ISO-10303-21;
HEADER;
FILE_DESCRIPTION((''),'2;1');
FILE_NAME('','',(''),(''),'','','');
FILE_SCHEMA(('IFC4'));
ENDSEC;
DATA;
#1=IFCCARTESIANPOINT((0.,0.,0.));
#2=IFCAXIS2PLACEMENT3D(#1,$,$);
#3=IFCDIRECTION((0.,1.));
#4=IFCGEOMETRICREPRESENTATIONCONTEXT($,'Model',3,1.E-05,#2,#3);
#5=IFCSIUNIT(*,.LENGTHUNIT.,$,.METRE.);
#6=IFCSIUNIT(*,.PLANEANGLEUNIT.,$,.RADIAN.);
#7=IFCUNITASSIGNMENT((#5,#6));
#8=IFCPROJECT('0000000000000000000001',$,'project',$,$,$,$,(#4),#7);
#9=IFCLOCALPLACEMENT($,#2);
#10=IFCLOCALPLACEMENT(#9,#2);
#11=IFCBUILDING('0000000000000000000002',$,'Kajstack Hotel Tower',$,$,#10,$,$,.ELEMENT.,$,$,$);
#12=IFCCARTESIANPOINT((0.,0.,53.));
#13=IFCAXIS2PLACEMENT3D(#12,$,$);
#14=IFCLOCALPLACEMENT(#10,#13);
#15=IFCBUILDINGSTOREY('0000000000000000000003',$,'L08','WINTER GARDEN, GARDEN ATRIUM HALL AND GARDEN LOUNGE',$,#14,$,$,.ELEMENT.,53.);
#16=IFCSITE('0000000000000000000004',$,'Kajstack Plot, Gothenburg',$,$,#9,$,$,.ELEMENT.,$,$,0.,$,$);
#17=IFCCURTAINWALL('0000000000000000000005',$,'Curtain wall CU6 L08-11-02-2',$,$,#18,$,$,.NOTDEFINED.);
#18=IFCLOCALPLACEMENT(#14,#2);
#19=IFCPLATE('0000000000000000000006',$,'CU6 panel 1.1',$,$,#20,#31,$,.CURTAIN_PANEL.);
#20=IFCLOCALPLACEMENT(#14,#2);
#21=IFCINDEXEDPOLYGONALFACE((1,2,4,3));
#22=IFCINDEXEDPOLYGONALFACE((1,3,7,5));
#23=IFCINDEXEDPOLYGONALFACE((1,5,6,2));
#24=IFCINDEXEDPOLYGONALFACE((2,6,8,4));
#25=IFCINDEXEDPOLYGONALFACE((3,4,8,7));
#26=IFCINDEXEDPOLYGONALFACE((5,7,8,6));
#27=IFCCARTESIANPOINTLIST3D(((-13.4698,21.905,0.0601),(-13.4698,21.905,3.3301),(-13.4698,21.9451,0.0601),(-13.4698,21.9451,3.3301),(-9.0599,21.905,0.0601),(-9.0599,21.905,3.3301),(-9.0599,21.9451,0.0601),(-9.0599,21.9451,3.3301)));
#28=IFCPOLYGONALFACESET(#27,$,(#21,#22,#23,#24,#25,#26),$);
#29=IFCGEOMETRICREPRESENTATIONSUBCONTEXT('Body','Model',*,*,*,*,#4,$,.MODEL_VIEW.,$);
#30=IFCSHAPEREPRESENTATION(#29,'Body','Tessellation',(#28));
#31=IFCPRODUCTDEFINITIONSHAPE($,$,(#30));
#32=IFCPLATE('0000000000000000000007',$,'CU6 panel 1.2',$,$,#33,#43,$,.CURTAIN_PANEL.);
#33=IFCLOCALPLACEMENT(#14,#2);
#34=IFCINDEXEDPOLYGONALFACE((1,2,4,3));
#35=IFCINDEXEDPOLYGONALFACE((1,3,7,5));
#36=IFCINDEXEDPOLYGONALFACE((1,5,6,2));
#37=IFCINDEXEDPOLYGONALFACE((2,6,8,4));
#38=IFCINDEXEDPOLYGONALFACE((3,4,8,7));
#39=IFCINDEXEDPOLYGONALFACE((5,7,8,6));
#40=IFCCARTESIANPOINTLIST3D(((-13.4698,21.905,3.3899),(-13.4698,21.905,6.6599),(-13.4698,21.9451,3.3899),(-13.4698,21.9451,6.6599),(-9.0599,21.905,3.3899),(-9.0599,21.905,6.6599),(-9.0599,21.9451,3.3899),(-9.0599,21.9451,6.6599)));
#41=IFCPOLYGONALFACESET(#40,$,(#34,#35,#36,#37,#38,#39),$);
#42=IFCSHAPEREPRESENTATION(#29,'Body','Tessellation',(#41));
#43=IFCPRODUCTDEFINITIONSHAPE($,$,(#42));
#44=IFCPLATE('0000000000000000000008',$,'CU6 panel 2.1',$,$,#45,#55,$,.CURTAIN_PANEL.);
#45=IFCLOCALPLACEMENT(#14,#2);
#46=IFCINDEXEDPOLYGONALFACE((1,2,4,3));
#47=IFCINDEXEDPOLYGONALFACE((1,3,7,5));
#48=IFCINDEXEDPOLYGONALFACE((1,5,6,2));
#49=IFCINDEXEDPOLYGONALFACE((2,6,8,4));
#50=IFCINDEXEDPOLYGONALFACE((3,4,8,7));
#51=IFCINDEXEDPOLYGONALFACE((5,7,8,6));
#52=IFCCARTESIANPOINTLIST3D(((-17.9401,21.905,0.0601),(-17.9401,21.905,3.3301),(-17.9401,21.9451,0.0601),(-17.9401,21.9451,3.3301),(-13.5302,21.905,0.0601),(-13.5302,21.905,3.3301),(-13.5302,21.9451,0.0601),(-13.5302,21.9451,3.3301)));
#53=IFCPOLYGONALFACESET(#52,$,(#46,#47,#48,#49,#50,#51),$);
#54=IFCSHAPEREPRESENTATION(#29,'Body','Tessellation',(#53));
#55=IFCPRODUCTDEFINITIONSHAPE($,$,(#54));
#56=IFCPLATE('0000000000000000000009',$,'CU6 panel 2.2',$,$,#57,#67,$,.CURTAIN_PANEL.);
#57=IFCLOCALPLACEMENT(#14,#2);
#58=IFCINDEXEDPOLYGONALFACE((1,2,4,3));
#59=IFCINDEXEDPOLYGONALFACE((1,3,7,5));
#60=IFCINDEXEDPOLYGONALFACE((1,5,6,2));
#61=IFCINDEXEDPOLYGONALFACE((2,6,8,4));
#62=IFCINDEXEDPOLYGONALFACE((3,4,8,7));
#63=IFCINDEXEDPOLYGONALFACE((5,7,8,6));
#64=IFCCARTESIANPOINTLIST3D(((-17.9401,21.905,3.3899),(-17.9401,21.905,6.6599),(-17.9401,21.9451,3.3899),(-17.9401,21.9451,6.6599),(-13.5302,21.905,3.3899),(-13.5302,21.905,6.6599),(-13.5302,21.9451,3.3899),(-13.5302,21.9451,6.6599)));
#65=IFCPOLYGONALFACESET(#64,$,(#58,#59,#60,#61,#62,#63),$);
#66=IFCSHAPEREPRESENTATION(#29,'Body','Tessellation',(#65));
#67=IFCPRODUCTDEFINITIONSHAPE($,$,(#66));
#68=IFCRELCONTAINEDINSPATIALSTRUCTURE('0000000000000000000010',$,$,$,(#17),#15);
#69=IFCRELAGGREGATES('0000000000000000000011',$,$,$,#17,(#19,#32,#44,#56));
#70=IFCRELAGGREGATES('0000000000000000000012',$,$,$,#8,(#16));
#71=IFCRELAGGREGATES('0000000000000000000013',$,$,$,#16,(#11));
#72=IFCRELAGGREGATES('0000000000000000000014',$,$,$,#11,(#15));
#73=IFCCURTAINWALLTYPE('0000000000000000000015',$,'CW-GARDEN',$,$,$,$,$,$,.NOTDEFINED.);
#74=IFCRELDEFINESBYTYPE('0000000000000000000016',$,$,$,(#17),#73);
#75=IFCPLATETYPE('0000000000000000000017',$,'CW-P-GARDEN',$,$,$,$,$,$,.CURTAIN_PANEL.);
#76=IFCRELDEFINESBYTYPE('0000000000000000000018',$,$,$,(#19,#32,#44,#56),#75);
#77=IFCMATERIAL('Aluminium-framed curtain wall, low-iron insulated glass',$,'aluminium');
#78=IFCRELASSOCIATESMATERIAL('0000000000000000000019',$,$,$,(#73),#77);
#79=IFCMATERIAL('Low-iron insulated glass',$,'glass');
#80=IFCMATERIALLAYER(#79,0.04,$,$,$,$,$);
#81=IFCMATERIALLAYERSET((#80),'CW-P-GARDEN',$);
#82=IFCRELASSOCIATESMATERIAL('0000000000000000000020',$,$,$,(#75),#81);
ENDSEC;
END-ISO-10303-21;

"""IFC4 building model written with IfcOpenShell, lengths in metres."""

from ifc_helpers import new_model, si_unit, direction, frame, origin, origin_2d, place, context, subcontext, project, spatial, rectangle, extrude, material, layer, layer_set, type_object, element, aggregate, save


model = new_model("IFC4")

# Units and contexts
model_context = context("Model", 3, precision=1e-05, world=origin(), true_north=direction((0.0, 1.0)))
body_context = subcontext(model_context, "Body", "Model", "MODEL_VIEW")
ifc_project = project(units=[si_unit("LENGTHUNIT", "METRE"), si_unit("PLANEANGLEUNIT", "RADIAN")], contexts=[model_context])

# Site, building, storey
site_placement = place(None, origin())
site = spatial("IfcSite", under=ifc_project, at=site_placement, Name="Kajstack Plot, Gothenburg", CompositionType="ELEMENT", RefElevation=0.0)
building_placement = place(site_placement, origin())
building = spatial("IfcBuilding", under=site, at=building_placement, Name="Kajstack Hotel Tower", CompositionType="ELEMENT")
storey_placement = place(building_placement, frame((0.0, 0.0, 53.0)))
storey = spatial("IfcBuildingStorey", under=building, at=storey_placement, Name="L08", Description="WINTER GARDEN, GARDEN ATRIUM HALL AND GARDEN LOUNGE", CompositionType="ELEMENT", Elevation=53.0)

# Curtain wall
ifc_material_1 = material(Name="Aluminium-framed curtain wall, low-iron insulated glass", Category="aluminium")
curtain_wall_type = type_object("IfcCurtainWallType", Name="CW-GARDEN", PredefinedType="NOTDEFINED", material=ifc_material_1)
curtain_wall_1_placement = place(storey_placement, origin())
curtain_wall_1 = element("IfcCurtainWall", 1, at=curtain_wall_1_placement, inside=storey, type_object=curtain_wall_type, Name="Curtain wall CU6 L08-11-02-2", PredefinedType="NOTDEFINED")

# Plates
ifc_material_2 = material(Name="Low-iron insulated glass", Category="glass")
ifc_layer = layer(ifc_material_2, 0.04)
ifc_layer_set = layer_set([ifc_layer], Name="CW-P-GARDEN")
plate_type = type_object("IfcPlateType", Name="CW-P-GARDEN", PredefinedType="CURTAIN_PANEL", material=ifc_layer_set)
plate_1_placement = place(storey_placement, frame((-11.2649, 21.925, 0.0601), z_axis=(0.0, 0.0, 1.0), x_axis=(-1.0, 0.0, 0.0)))
plate_1 = element("IfcPlate", 2, at=plate_1_placement, type_object=plate_type, Name="CU6 panel 1.1", PredefinedType="CURTAIN_PANEL", context=body_context, shape_type="SweptSolid", body=[
    extrude(rectangle(XDim=4.4099, YDim=0.04, at=origin_2d()), origin(), (0.0, 0.0, 1.0), 3.27),
])
plate_2_placement = place(storey_placement, frame((-11.2649, 21.925, 3.3899), z_axis=(0.0, 0.0, 1.0), x_axis=(-1.0, 0.0, 0.0)))
plate_2 = element("IfcPlate", 3, at=plate_2_placement, type_object=plate_type, Name="CU6 panel 1.2", PredefinedType="CURTAIN_PANEL", context=body_context, shape_type="SweptSolid", body=[
    extrude(rectangle(XDim=4.4099, YDim=0.04, at=origin_2d()), origin(), (0.0, 0.0, 1.0), 3.27),
])
plate_3_placement = place(storey_placement, frame((-15.7351, 21.925, 0.0601), z_axis=(0.0, 0.0, 1.0), x_axis=(-1.0, 0.0, 0.0)))
plate_3 = element("IfcPlate", 4, at=plate_3_placement, type_object=plate_type, Name="CU6 panel 2.1", PredefinedType="CURTAIN_PANEL", context=body_context, shape_type="SweptSolid", body=[
    extrude(rectangle(XDim=4.4099, YDim=0.04, at=origin_2d()), origin(), (0.0, 0.0, 1.0), 3.27),
])
plate_4_placement = place(storey_placement, frame((-15.7351, 21.925, 3.3899), z_axis=(0.0, 0.0, 1.0), x_axis=(-1.0, 0.0, 0.0)))
plate_4 = element("IfcPlate", 5, at=plate_4_placement, type_object=plate_type, Name="CU6 panel 2.2", PredefinedType="CURTAIN_PANEL", context=body_context, shape_type="SweptSolid", body=[
    extrude(rectangle(XDim=4.4099, YDim=0.04, at=origin_2d()), origin(), (0.0, 0.0, 1.0), 3.27),
])
aggregate(curtain_wall_1, [plate_1, plate_2, plate_3, plate_4])

save(model, "model.ifc")
